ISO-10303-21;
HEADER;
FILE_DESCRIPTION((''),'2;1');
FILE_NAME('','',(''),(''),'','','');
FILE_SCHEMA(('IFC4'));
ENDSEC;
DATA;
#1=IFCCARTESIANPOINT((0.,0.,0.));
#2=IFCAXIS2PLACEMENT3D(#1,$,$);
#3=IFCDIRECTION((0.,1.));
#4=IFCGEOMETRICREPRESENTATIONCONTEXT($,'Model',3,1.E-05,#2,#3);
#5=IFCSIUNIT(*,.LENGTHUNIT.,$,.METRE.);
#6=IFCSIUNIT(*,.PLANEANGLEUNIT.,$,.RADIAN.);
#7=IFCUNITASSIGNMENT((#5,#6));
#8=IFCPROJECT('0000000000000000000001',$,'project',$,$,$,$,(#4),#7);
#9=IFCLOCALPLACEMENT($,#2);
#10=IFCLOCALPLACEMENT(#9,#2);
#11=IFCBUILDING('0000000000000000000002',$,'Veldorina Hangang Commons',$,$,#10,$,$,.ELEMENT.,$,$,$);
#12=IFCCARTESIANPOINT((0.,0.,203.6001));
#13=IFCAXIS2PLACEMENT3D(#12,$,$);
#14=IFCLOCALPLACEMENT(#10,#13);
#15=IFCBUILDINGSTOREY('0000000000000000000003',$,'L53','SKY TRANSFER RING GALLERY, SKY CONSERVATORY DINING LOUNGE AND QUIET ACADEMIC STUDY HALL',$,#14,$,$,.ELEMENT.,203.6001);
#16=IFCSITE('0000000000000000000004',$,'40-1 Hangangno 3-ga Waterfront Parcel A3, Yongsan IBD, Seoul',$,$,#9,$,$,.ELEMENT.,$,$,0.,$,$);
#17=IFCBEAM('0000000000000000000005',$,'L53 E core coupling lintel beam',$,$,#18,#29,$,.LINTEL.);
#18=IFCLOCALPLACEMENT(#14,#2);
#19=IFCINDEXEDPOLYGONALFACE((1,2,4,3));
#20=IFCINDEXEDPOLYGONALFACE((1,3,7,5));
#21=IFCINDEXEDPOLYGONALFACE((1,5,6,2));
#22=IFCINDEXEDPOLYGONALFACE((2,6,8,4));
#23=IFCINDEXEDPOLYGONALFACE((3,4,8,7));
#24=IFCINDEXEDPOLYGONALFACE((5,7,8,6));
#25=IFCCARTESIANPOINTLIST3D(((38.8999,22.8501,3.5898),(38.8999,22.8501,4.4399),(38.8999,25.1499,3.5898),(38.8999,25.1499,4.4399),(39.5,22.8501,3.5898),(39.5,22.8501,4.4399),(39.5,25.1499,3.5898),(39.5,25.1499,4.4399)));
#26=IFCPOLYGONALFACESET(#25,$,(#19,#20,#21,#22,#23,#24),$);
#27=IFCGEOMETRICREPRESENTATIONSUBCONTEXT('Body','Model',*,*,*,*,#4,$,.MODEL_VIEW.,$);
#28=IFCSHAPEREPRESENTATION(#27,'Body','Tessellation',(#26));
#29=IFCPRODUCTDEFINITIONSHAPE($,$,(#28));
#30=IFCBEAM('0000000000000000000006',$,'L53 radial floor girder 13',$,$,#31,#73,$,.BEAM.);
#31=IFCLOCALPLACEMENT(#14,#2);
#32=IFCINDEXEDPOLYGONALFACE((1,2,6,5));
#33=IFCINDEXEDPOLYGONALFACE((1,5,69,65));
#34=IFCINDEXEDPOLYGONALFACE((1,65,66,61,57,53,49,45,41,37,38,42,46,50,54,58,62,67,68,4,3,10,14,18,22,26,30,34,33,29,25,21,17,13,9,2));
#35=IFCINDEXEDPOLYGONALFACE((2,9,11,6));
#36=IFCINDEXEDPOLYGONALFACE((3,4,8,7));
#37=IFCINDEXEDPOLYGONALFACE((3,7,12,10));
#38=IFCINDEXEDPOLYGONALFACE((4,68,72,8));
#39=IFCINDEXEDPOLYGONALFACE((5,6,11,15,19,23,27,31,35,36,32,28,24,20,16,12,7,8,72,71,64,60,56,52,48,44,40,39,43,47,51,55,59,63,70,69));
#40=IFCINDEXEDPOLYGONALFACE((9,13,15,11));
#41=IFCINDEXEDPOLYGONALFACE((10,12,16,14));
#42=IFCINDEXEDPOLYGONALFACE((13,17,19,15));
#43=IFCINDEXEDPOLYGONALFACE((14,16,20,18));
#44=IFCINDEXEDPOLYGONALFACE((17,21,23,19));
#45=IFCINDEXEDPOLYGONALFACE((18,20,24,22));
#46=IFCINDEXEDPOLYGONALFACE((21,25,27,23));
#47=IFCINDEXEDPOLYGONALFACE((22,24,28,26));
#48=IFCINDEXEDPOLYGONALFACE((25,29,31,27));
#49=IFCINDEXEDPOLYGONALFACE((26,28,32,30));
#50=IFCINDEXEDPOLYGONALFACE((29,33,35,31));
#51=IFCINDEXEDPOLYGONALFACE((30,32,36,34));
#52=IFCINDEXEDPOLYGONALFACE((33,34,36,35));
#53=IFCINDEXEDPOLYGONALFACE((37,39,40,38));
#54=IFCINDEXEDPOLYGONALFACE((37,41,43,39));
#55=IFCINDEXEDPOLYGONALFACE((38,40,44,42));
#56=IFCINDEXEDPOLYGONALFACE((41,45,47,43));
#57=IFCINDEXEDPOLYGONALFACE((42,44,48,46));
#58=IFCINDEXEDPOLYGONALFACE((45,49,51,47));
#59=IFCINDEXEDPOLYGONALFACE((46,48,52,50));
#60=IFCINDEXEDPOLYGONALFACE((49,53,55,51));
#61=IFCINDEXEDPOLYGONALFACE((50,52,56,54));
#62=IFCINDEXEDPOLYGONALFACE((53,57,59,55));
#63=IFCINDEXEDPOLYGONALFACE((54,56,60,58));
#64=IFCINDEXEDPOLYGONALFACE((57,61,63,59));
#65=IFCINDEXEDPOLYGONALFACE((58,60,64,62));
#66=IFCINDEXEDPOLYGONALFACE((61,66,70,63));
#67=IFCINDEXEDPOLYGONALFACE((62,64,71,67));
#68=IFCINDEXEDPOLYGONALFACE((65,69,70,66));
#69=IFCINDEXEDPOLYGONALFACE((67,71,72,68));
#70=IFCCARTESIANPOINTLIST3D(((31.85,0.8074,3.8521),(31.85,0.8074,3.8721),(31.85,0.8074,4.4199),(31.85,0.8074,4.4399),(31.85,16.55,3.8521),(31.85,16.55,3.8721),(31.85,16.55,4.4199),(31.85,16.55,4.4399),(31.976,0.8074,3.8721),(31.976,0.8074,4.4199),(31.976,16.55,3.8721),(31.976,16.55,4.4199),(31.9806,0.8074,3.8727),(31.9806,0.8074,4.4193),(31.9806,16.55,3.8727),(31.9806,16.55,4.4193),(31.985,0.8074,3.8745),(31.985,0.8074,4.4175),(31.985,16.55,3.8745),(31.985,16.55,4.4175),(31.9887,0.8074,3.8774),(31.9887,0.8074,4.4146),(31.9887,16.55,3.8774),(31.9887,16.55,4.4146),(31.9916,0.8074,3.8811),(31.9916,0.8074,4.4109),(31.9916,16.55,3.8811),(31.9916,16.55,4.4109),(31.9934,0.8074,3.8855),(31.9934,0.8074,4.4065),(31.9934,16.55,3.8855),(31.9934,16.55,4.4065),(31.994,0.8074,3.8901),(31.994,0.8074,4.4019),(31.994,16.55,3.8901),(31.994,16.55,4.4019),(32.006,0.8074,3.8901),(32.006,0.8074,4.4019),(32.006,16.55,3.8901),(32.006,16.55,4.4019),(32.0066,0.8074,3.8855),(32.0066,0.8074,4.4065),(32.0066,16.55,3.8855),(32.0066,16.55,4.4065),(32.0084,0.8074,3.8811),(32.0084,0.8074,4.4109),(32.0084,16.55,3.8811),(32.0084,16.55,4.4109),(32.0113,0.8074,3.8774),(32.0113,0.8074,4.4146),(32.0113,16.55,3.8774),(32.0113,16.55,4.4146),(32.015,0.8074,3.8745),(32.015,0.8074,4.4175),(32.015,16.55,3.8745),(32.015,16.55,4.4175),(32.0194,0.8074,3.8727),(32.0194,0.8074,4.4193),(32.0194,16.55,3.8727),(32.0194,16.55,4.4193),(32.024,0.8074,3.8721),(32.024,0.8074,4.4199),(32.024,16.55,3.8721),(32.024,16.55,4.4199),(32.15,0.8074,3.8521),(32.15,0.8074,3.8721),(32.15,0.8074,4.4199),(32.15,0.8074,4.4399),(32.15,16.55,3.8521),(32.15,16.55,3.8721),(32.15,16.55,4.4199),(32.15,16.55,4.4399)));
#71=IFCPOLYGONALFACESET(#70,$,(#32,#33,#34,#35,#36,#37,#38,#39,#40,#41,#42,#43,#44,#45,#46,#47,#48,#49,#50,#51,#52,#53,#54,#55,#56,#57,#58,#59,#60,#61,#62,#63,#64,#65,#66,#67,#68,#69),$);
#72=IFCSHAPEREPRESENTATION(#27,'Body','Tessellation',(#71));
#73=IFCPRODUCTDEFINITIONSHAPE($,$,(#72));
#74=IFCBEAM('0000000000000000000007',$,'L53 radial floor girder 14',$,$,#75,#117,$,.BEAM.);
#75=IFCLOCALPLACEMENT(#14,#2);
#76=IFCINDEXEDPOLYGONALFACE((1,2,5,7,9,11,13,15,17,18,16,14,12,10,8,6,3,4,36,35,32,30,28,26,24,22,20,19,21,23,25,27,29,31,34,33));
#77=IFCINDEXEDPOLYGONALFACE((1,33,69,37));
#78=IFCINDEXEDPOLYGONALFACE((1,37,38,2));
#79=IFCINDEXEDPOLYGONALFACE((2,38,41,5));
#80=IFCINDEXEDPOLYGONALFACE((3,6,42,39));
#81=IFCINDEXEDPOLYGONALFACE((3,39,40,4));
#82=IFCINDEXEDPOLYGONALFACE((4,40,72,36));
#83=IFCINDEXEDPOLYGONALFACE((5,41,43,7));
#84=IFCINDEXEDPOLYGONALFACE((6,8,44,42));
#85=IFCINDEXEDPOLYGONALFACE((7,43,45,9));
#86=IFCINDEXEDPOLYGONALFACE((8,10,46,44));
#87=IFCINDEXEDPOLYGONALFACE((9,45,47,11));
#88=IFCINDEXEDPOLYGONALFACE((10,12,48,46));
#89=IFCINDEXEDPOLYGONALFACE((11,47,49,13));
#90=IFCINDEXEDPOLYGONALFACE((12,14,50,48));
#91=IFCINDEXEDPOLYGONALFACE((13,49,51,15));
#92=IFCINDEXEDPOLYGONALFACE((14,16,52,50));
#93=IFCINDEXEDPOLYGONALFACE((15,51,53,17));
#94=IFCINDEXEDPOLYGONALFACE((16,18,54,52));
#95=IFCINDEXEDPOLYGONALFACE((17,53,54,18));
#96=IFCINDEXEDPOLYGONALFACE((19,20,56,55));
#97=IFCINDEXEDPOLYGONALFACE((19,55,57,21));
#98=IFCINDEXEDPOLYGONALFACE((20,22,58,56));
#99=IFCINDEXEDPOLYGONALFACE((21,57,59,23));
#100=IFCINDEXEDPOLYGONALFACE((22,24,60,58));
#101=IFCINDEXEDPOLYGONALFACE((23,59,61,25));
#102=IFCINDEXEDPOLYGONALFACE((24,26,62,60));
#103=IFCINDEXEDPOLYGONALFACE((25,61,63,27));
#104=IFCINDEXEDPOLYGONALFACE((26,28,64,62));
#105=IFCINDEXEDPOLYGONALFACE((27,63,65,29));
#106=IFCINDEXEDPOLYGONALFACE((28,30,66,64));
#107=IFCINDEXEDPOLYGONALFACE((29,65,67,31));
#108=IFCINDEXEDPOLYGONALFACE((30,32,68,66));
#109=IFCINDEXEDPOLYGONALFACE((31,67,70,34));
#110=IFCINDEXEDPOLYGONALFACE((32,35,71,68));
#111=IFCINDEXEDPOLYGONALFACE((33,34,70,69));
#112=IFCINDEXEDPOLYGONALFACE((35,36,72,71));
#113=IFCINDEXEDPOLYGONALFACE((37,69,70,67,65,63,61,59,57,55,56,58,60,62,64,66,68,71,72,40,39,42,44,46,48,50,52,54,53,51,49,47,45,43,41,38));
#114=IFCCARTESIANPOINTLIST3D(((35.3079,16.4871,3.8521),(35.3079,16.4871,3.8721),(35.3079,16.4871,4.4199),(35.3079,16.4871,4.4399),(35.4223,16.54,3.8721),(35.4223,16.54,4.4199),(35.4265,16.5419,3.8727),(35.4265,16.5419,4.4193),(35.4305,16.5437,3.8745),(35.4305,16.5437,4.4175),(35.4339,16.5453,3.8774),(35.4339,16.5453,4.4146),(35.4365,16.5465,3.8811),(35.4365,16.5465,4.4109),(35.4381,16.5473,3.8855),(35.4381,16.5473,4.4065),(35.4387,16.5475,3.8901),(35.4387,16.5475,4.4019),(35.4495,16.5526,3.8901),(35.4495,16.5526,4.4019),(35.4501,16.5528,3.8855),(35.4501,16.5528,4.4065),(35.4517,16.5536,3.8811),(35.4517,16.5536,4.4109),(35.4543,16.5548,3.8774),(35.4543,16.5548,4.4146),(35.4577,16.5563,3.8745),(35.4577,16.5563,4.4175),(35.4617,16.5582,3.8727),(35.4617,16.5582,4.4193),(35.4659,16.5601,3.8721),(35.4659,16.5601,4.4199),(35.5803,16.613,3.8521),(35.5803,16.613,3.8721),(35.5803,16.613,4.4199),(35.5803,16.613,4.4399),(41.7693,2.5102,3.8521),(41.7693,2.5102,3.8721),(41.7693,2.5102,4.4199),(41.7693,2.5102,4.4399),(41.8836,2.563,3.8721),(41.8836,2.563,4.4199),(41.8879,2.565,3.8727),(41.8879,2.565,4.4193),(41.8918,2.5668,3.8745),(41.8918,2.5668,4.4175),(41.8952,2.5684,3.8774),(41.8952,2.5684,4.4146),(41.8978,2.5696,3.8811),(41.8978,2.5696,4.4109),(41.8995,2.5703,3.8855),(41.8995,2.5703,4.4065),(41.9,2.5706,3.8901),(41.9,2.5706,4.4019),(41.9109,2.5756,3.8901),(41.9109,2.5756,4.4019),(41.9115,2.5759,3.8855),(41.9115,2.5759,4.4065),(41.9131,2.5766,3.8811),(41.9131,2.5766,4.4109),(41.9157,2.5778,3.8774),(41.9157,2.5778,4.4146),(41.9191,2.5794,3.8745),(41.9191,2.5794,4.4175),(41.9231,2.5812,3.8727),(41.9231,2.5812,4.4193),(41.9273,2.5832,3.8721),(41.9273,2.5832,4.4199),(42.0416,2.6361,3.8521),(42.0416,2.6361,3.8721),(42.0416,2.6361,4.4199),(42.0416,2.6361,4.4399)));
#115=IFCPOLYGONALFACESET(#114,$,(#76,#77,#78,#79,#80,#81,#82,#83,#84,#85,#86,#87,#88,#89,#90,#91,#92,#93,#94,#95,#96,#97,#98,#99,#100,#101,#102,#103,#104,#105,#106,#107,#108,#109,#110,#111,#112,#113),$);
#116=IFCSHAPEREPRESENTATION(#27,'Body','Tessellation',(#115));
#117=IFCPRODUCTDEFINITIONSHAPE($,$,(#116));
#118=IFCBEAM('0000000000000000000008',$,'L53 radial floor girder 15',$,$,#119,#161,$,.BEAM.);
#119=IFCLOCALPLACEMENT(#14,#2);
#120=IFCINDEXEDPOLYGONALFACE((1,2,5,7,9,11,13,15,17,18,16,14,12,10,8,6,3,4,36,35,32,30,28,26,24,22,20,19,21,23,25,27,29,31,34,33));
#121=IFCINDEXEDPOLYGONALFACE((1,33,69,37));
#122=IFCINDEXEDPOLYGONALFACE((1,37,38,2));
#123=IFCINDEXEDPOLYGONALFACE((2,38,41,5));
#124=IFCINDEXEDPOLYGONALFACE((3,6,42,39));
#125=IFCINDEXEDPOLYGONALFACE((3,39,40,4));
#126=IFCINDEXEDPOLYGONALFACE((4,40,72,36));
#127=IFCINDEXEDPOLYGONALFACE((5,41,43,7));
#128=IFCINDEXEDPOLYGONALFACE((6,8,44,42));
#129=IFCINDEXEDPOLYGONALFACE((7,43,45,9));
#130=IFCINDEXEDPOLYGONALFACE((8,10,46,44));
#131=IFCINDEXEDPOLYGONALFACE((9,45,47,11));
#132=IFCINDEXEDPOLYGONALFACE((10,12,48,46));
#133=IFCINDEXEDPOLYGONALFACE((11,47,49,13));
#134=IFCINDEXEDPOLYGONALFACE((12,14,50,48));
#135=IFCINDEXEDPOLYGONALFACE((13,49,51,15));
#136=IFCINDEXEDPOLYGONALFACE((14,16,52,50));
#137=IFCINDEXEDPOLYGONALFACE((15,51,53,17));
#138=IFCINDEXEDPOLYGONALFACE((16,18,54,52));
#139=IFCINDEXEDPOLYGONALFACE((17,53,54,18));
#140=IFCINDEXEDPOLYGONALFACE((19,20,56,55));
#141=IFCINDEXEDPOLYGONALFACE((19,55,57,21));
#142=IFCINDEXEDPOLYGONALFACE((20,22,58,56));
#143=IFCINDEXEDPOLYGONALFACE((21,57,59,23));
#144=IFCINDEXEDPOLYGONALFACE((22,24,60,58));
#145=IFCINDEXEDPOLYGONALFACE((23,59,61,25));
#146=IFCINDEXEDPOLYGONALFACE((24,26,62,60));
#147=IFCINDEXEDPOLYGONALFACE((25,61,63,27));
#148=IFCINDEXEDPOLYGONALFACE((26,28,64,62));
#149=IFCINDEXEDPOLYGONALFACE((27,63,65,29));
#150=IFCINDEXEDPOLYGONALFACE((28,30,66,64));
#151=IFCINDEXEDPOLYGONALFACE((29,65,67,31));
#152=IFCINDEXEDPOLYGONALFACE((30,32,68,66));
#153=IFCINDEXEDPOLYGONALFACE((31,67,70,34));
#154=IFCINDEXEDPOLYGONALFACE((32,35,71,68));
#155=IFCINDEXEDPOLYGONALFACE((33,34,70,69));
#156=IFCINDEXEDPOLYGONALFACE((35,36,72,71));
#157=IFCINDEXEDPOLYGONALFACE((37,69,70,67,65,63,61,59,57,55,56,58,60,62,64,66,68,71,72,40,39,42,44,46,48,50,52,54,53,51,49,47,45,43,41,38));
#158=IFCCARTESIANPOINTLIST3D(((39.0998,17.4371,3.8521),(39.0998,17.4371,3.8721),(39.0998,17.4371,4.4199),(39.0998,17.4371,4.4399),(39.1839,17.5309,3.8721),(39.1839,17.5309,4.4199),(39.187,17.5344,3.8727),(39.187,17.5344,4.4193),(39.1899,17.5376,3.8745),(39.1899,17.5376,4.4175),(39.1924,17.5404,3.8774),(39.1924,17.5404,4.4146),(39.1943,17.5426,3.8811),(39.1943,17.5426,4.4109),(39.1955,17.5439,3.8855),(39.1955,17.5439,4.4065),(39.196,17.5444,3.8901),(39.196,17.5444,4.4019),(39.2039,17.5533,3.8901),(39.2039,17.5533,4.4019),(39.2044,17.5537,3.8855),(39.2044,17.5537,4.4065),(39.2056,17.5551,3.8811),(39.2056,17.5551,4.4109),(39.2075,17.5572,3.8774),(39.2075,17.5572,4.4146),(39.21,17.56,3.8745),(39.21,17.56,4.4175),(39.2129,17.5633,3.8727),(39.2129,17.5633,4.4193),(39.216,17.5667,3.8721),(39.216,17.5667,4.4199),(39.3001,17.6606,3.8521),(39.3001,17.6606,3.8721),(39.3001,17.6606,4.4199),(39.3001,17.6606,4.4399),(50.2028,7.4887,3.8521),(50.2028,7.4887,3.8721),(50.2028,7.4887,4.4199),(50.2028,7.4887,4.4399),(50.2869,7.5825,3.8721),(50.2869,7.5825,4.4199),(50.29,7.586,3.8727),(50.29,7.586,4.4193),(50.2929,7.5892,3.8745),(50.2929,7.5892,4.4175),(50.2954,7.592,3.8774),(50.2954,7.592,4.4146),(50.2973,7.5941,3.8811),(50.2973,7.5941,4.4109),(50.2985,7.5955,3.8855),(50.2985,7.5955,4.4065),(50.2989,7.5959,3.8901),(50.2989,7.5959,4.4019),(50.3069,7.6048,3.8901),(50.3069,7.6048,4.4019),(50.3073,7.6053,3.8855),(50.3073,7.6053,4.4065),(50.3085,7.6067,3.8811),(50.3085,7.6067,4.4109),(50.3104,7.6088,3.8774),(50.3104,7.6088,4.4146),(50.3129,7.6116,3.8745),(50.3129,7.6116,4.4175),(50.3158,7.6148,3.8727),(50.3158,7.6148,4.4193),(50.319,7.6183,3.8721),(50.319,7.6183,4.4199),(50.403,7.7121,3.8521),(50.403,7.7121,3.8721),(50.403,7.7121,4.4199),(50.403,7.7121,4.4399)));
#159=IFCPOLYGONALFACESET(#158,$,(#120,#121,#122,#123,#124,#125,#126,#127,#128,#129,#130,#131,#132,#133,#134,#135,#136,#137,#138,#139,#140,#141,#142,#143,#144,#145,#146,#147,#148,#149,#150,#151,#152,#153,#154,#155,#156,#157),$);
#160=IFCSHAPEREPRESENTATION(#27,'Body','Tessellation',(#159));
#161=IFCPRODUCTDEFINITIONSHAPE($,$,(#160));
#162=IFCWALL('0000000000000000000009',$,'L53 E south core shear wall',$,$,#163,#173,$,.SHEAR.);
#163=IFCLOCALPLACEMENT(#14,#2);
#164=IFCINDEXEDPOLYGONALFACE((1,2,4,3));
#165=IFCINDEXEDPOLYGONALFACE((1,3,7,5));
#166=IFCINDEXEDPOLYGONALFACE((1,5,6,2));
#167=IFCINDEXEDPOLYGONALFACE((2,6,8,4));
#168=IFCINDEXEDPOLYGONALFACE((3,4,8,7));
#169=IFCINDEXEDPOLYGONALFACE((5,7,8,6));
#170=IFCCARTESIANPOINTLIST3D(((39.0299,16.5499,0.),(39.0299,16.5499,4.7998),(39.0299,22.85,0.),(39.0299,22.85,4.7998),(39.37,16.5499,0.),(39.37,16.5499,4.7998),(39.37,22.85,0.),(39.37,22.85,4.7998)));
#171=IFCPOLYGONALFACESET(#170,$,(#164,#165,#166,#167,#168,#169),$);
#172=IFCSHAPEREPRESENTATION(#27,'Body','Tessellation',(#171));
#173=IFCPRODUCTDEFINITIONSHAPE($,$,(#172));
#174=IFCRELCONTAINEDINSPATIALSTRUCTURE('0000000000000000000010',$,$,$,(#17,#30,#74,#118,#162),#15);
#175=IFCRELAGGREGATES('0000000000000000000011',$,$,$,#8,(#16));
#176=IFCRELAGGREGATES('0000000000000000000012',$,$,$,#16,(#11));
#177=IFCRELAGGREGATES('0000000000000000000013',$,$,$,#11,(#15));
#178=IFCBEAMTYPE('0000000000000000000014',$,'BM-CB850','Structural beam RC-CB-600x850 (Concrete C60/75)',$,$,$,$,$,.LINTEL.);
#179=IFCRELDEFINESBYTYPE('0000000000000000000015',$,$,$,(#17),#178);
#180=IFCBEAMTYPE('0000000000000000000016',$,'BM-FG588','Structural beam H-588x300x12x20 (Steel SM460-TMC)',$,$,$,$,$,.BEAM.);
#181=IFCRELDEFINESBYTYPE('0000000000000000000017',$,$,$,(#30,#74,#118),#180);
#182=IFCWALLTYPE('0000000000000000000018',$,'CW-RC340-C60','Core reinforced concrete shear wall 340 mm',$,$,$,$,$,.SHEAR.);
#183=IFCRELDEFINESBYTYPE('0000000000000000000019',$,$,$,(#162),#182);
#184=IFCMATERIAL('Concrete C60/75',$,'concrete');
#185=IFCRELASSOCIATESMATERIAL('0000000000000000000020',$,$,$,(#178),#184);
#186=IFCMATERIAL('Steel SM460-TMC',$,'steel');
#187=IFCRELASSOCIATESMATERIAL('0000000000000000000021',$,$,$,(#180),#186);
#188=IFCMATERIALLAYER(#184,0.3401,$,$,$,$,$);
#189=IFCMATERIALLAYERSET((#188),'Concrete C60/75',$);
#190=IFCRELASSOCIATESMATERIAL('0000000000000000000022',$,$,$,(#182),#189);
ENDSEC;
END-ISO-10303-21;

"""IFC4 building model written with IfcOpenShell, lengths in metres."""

from ifc_helpers import new_model, si_unit, direction, frame, frame_2d, origin, origin_2d, place, context, subcontext, project, spatial, rectangle, i_section, extrude, material, layer, layer_set, material_profile, profile_set, type_object, element, save


model = new_model("IFC4")

# Units and contexts
model_context = context("Model", 3, precision=1e-05, world=origin(), true_north=direction((0.0, 1.0)))
body_context = subcontext(model_context, "Body", "Model", "MODEL_VIEW")
ifc_project = project(units=[si_unit("LENGTHUNIT", "METRE"), si_unit("PLANEANGLEUNIT", "RADIAN")], contexts=[model_context])

# Site, building, storey
site_placement = place(None, origin())
site = spatial("IfcSite", under=ifc_project, at=site_placement, Name="40-1 Hangangno 3-ga Waterfront Parcel A3, Yongsan IBD, Seoul", CompositionType="ELEMENT", RefElevation=0.0)
building_placement = place(site_placement, origin())
building = spatial("IfcBuilding", under=site, at=building_placement, Name="Veldorina Hangang Commons", CompositionType="ELEMENT")
storey_placement = place(building_placement, frame((0.0, 0.0, 203.6001)))
storey = spatial("IfcBuildingStorey", under=building, at=storey_placement, Name="L53", Description="SKY TRANSFER RING GALLERY, SKY CONSERVATORY DINING LOUNGE AND QUIET ACADEMIC STUDY HALL", CompositionType="ELEMENT", Elevation=203.6001)

# Beams
ifc_material_1 = material(Name="Concrete C60/75", Category="concrete")
ifc_material_profile_1 = material_profile(ifc_material_1, rectangle(XDim=0.6001, YDim=0.8501, at=origin_2d()), Name="RC-CB-600x850")
ifc_profile_set_1 = profile_set([ifc_material_profile_1], Name="Concrete C60/75")
beam_type_1 = type_object("IfcBeamType", Name="BM-CB850", Description="Structural beam RC-CB-600x850 (Concrete C60/75)", PredefinedType="LINTEL", material=ifc_profile_set_1)
beam_1_placement = place(storey_placement, frame((39.2, 22.8501, 4.0149), z_axis=(0.0, 1.0, 0.0), x_axis=(-1.0, 0.0, 0.0)))
element("IfcBeam", 1, at=beam_1_placement, inside=storey, type_object=beam_type_1, Name="L53 E core coupling lintel beam", PredefinedType="LINTEL", context=body_context, shape_type="SweptSolid", body=[
    extrude(rectangle(XDim=0.6001, YDim=0.8501, at=origin_2d()), origin(), (0.0, 0.0, 1.0), 2.2998),
])
ifc_material_2 = material(Name="Steel SM460-TMC", Category="steel")
ifc_material_profile_2 = material_profile(ifc_material_2, i_section(OverallWidth=0.3, OverallDepth=0.5879, WebThickness=0.012, FlangeThickness=0.02, FilletRadius=0.0181, at=origin_2d()), Name="H-588x300x12x20")
ifc_profile_set_2 = profile_set([ifc_material_profile_2], Name="Steel SM460-TMC")
beam_type_2 = type_object("IfcBeamType", Name="BM-FG588", Description="Structural beam H-588x300x12x20 (Steel SM460-TMC)", PredefinedType="BEAM", material=ifc_profile_set_2)
beam_2_placement = place(storey_placement, frame((32.0, 16.55, 4.146), z_axis=(0.0, -1.0, 0.0), x_axis=(1.0, 0.0, 0.0)))
element("IfcBeam", 2, at=beam_2_placement, inside=storey, type_object=beam_type_2, Name="L53 radial floor girder 13", PredefinedType="BEAM", context=body_context, shape_type="SweptSolid", body=[
    extrude(i_section(OverallWidth=0.3, OverallDepth=0.5879, WebThickness=0.012, FlangeThickness=0.02, FilletRadius=0.0181, at=origin_2d()), origin(), (0.0, 0.0, 1.0), 15.7427),
])
beam_3_placement = place(storey_placement, frame((35.4441, 16.55, 4.146), z_axis=(0.419619, -0.9077, 0.0), x_axis=(0.9077, 0.419619, 0.0)))
element("IfcBeam", 3, at=beam_3_placement, inside=storey, type_object=beam_type_2, Name="L53 radial floor girder 14", PredefinedType="BEAM", context=body_context, shape_type="SweptSolid", body=[
    extrude(i_section(OverallWidth=0.3, OverallDepth=0.5879, WebThickness=0.012, FlangeThickness=0.02, FilletRadius=0.0181, at=origin_2d()), origin(), (0.0, 0.0, 1.0), 15.3982),
])
beam_4_placement = place(storey_placement, frame((39.2, 17.5488, 4.146), z_axis=(0.744768, -0.667324, 0.0), x_axis=(0.667324, 0.744768, 0.0)))
element("IfcBeam", 4, at=beam_4_placement, inside=storey, type_object=beam_type_2, Name="L53 radial floor girder 15", PredefinedType="BEAM", context=body_context, shape_type="SweptSolid", body=[
    extrude(i_section(OverallWidth=0.3, OverallDepth=0.5879, WebThickness=0.012, FlangeThickness=0.02, FilletRadius=0.0181, at=origin_2d()), origin(), (0.0, 0.0, 1.0), 14.908),
])

# Wall
ifc_layer_1 = layer(ifc_material_1, 0.3401)
ifc_layer_set_1 = layer_set([ifc_layer_1], Name="Concrete C60/75")
wall_type_1 = type_object("IfcWallType", Name="CW-RC340-C60", Description="Core reinforced concrete shear wall 340 mm", PredefinedType="SHEAR", material=ifc_layer_set_1)
wall_1_placement = place(storey_placement, frame((39.2, 16.55, 0.0), z_axis=(0.0, 0.0, 1.0), x_axis=(0.0, 1.0, 0.0)))
element("IfcWall", 5, at=wall_1_placement, inside=storey, type_object=wall_type_1, Name="L53 E south core shear wall", PredefinedType="SHEAR", context=body_context, shape_type="SweptSolid", body=[
    extrude(rectangle(XDim=6.3, YDim=0.3401, at=frame_2d((3.1499, 0.0))), origin(), (0.0, 0.0, 1.0), 4.7998),
])

save(model, "model.ifc")
